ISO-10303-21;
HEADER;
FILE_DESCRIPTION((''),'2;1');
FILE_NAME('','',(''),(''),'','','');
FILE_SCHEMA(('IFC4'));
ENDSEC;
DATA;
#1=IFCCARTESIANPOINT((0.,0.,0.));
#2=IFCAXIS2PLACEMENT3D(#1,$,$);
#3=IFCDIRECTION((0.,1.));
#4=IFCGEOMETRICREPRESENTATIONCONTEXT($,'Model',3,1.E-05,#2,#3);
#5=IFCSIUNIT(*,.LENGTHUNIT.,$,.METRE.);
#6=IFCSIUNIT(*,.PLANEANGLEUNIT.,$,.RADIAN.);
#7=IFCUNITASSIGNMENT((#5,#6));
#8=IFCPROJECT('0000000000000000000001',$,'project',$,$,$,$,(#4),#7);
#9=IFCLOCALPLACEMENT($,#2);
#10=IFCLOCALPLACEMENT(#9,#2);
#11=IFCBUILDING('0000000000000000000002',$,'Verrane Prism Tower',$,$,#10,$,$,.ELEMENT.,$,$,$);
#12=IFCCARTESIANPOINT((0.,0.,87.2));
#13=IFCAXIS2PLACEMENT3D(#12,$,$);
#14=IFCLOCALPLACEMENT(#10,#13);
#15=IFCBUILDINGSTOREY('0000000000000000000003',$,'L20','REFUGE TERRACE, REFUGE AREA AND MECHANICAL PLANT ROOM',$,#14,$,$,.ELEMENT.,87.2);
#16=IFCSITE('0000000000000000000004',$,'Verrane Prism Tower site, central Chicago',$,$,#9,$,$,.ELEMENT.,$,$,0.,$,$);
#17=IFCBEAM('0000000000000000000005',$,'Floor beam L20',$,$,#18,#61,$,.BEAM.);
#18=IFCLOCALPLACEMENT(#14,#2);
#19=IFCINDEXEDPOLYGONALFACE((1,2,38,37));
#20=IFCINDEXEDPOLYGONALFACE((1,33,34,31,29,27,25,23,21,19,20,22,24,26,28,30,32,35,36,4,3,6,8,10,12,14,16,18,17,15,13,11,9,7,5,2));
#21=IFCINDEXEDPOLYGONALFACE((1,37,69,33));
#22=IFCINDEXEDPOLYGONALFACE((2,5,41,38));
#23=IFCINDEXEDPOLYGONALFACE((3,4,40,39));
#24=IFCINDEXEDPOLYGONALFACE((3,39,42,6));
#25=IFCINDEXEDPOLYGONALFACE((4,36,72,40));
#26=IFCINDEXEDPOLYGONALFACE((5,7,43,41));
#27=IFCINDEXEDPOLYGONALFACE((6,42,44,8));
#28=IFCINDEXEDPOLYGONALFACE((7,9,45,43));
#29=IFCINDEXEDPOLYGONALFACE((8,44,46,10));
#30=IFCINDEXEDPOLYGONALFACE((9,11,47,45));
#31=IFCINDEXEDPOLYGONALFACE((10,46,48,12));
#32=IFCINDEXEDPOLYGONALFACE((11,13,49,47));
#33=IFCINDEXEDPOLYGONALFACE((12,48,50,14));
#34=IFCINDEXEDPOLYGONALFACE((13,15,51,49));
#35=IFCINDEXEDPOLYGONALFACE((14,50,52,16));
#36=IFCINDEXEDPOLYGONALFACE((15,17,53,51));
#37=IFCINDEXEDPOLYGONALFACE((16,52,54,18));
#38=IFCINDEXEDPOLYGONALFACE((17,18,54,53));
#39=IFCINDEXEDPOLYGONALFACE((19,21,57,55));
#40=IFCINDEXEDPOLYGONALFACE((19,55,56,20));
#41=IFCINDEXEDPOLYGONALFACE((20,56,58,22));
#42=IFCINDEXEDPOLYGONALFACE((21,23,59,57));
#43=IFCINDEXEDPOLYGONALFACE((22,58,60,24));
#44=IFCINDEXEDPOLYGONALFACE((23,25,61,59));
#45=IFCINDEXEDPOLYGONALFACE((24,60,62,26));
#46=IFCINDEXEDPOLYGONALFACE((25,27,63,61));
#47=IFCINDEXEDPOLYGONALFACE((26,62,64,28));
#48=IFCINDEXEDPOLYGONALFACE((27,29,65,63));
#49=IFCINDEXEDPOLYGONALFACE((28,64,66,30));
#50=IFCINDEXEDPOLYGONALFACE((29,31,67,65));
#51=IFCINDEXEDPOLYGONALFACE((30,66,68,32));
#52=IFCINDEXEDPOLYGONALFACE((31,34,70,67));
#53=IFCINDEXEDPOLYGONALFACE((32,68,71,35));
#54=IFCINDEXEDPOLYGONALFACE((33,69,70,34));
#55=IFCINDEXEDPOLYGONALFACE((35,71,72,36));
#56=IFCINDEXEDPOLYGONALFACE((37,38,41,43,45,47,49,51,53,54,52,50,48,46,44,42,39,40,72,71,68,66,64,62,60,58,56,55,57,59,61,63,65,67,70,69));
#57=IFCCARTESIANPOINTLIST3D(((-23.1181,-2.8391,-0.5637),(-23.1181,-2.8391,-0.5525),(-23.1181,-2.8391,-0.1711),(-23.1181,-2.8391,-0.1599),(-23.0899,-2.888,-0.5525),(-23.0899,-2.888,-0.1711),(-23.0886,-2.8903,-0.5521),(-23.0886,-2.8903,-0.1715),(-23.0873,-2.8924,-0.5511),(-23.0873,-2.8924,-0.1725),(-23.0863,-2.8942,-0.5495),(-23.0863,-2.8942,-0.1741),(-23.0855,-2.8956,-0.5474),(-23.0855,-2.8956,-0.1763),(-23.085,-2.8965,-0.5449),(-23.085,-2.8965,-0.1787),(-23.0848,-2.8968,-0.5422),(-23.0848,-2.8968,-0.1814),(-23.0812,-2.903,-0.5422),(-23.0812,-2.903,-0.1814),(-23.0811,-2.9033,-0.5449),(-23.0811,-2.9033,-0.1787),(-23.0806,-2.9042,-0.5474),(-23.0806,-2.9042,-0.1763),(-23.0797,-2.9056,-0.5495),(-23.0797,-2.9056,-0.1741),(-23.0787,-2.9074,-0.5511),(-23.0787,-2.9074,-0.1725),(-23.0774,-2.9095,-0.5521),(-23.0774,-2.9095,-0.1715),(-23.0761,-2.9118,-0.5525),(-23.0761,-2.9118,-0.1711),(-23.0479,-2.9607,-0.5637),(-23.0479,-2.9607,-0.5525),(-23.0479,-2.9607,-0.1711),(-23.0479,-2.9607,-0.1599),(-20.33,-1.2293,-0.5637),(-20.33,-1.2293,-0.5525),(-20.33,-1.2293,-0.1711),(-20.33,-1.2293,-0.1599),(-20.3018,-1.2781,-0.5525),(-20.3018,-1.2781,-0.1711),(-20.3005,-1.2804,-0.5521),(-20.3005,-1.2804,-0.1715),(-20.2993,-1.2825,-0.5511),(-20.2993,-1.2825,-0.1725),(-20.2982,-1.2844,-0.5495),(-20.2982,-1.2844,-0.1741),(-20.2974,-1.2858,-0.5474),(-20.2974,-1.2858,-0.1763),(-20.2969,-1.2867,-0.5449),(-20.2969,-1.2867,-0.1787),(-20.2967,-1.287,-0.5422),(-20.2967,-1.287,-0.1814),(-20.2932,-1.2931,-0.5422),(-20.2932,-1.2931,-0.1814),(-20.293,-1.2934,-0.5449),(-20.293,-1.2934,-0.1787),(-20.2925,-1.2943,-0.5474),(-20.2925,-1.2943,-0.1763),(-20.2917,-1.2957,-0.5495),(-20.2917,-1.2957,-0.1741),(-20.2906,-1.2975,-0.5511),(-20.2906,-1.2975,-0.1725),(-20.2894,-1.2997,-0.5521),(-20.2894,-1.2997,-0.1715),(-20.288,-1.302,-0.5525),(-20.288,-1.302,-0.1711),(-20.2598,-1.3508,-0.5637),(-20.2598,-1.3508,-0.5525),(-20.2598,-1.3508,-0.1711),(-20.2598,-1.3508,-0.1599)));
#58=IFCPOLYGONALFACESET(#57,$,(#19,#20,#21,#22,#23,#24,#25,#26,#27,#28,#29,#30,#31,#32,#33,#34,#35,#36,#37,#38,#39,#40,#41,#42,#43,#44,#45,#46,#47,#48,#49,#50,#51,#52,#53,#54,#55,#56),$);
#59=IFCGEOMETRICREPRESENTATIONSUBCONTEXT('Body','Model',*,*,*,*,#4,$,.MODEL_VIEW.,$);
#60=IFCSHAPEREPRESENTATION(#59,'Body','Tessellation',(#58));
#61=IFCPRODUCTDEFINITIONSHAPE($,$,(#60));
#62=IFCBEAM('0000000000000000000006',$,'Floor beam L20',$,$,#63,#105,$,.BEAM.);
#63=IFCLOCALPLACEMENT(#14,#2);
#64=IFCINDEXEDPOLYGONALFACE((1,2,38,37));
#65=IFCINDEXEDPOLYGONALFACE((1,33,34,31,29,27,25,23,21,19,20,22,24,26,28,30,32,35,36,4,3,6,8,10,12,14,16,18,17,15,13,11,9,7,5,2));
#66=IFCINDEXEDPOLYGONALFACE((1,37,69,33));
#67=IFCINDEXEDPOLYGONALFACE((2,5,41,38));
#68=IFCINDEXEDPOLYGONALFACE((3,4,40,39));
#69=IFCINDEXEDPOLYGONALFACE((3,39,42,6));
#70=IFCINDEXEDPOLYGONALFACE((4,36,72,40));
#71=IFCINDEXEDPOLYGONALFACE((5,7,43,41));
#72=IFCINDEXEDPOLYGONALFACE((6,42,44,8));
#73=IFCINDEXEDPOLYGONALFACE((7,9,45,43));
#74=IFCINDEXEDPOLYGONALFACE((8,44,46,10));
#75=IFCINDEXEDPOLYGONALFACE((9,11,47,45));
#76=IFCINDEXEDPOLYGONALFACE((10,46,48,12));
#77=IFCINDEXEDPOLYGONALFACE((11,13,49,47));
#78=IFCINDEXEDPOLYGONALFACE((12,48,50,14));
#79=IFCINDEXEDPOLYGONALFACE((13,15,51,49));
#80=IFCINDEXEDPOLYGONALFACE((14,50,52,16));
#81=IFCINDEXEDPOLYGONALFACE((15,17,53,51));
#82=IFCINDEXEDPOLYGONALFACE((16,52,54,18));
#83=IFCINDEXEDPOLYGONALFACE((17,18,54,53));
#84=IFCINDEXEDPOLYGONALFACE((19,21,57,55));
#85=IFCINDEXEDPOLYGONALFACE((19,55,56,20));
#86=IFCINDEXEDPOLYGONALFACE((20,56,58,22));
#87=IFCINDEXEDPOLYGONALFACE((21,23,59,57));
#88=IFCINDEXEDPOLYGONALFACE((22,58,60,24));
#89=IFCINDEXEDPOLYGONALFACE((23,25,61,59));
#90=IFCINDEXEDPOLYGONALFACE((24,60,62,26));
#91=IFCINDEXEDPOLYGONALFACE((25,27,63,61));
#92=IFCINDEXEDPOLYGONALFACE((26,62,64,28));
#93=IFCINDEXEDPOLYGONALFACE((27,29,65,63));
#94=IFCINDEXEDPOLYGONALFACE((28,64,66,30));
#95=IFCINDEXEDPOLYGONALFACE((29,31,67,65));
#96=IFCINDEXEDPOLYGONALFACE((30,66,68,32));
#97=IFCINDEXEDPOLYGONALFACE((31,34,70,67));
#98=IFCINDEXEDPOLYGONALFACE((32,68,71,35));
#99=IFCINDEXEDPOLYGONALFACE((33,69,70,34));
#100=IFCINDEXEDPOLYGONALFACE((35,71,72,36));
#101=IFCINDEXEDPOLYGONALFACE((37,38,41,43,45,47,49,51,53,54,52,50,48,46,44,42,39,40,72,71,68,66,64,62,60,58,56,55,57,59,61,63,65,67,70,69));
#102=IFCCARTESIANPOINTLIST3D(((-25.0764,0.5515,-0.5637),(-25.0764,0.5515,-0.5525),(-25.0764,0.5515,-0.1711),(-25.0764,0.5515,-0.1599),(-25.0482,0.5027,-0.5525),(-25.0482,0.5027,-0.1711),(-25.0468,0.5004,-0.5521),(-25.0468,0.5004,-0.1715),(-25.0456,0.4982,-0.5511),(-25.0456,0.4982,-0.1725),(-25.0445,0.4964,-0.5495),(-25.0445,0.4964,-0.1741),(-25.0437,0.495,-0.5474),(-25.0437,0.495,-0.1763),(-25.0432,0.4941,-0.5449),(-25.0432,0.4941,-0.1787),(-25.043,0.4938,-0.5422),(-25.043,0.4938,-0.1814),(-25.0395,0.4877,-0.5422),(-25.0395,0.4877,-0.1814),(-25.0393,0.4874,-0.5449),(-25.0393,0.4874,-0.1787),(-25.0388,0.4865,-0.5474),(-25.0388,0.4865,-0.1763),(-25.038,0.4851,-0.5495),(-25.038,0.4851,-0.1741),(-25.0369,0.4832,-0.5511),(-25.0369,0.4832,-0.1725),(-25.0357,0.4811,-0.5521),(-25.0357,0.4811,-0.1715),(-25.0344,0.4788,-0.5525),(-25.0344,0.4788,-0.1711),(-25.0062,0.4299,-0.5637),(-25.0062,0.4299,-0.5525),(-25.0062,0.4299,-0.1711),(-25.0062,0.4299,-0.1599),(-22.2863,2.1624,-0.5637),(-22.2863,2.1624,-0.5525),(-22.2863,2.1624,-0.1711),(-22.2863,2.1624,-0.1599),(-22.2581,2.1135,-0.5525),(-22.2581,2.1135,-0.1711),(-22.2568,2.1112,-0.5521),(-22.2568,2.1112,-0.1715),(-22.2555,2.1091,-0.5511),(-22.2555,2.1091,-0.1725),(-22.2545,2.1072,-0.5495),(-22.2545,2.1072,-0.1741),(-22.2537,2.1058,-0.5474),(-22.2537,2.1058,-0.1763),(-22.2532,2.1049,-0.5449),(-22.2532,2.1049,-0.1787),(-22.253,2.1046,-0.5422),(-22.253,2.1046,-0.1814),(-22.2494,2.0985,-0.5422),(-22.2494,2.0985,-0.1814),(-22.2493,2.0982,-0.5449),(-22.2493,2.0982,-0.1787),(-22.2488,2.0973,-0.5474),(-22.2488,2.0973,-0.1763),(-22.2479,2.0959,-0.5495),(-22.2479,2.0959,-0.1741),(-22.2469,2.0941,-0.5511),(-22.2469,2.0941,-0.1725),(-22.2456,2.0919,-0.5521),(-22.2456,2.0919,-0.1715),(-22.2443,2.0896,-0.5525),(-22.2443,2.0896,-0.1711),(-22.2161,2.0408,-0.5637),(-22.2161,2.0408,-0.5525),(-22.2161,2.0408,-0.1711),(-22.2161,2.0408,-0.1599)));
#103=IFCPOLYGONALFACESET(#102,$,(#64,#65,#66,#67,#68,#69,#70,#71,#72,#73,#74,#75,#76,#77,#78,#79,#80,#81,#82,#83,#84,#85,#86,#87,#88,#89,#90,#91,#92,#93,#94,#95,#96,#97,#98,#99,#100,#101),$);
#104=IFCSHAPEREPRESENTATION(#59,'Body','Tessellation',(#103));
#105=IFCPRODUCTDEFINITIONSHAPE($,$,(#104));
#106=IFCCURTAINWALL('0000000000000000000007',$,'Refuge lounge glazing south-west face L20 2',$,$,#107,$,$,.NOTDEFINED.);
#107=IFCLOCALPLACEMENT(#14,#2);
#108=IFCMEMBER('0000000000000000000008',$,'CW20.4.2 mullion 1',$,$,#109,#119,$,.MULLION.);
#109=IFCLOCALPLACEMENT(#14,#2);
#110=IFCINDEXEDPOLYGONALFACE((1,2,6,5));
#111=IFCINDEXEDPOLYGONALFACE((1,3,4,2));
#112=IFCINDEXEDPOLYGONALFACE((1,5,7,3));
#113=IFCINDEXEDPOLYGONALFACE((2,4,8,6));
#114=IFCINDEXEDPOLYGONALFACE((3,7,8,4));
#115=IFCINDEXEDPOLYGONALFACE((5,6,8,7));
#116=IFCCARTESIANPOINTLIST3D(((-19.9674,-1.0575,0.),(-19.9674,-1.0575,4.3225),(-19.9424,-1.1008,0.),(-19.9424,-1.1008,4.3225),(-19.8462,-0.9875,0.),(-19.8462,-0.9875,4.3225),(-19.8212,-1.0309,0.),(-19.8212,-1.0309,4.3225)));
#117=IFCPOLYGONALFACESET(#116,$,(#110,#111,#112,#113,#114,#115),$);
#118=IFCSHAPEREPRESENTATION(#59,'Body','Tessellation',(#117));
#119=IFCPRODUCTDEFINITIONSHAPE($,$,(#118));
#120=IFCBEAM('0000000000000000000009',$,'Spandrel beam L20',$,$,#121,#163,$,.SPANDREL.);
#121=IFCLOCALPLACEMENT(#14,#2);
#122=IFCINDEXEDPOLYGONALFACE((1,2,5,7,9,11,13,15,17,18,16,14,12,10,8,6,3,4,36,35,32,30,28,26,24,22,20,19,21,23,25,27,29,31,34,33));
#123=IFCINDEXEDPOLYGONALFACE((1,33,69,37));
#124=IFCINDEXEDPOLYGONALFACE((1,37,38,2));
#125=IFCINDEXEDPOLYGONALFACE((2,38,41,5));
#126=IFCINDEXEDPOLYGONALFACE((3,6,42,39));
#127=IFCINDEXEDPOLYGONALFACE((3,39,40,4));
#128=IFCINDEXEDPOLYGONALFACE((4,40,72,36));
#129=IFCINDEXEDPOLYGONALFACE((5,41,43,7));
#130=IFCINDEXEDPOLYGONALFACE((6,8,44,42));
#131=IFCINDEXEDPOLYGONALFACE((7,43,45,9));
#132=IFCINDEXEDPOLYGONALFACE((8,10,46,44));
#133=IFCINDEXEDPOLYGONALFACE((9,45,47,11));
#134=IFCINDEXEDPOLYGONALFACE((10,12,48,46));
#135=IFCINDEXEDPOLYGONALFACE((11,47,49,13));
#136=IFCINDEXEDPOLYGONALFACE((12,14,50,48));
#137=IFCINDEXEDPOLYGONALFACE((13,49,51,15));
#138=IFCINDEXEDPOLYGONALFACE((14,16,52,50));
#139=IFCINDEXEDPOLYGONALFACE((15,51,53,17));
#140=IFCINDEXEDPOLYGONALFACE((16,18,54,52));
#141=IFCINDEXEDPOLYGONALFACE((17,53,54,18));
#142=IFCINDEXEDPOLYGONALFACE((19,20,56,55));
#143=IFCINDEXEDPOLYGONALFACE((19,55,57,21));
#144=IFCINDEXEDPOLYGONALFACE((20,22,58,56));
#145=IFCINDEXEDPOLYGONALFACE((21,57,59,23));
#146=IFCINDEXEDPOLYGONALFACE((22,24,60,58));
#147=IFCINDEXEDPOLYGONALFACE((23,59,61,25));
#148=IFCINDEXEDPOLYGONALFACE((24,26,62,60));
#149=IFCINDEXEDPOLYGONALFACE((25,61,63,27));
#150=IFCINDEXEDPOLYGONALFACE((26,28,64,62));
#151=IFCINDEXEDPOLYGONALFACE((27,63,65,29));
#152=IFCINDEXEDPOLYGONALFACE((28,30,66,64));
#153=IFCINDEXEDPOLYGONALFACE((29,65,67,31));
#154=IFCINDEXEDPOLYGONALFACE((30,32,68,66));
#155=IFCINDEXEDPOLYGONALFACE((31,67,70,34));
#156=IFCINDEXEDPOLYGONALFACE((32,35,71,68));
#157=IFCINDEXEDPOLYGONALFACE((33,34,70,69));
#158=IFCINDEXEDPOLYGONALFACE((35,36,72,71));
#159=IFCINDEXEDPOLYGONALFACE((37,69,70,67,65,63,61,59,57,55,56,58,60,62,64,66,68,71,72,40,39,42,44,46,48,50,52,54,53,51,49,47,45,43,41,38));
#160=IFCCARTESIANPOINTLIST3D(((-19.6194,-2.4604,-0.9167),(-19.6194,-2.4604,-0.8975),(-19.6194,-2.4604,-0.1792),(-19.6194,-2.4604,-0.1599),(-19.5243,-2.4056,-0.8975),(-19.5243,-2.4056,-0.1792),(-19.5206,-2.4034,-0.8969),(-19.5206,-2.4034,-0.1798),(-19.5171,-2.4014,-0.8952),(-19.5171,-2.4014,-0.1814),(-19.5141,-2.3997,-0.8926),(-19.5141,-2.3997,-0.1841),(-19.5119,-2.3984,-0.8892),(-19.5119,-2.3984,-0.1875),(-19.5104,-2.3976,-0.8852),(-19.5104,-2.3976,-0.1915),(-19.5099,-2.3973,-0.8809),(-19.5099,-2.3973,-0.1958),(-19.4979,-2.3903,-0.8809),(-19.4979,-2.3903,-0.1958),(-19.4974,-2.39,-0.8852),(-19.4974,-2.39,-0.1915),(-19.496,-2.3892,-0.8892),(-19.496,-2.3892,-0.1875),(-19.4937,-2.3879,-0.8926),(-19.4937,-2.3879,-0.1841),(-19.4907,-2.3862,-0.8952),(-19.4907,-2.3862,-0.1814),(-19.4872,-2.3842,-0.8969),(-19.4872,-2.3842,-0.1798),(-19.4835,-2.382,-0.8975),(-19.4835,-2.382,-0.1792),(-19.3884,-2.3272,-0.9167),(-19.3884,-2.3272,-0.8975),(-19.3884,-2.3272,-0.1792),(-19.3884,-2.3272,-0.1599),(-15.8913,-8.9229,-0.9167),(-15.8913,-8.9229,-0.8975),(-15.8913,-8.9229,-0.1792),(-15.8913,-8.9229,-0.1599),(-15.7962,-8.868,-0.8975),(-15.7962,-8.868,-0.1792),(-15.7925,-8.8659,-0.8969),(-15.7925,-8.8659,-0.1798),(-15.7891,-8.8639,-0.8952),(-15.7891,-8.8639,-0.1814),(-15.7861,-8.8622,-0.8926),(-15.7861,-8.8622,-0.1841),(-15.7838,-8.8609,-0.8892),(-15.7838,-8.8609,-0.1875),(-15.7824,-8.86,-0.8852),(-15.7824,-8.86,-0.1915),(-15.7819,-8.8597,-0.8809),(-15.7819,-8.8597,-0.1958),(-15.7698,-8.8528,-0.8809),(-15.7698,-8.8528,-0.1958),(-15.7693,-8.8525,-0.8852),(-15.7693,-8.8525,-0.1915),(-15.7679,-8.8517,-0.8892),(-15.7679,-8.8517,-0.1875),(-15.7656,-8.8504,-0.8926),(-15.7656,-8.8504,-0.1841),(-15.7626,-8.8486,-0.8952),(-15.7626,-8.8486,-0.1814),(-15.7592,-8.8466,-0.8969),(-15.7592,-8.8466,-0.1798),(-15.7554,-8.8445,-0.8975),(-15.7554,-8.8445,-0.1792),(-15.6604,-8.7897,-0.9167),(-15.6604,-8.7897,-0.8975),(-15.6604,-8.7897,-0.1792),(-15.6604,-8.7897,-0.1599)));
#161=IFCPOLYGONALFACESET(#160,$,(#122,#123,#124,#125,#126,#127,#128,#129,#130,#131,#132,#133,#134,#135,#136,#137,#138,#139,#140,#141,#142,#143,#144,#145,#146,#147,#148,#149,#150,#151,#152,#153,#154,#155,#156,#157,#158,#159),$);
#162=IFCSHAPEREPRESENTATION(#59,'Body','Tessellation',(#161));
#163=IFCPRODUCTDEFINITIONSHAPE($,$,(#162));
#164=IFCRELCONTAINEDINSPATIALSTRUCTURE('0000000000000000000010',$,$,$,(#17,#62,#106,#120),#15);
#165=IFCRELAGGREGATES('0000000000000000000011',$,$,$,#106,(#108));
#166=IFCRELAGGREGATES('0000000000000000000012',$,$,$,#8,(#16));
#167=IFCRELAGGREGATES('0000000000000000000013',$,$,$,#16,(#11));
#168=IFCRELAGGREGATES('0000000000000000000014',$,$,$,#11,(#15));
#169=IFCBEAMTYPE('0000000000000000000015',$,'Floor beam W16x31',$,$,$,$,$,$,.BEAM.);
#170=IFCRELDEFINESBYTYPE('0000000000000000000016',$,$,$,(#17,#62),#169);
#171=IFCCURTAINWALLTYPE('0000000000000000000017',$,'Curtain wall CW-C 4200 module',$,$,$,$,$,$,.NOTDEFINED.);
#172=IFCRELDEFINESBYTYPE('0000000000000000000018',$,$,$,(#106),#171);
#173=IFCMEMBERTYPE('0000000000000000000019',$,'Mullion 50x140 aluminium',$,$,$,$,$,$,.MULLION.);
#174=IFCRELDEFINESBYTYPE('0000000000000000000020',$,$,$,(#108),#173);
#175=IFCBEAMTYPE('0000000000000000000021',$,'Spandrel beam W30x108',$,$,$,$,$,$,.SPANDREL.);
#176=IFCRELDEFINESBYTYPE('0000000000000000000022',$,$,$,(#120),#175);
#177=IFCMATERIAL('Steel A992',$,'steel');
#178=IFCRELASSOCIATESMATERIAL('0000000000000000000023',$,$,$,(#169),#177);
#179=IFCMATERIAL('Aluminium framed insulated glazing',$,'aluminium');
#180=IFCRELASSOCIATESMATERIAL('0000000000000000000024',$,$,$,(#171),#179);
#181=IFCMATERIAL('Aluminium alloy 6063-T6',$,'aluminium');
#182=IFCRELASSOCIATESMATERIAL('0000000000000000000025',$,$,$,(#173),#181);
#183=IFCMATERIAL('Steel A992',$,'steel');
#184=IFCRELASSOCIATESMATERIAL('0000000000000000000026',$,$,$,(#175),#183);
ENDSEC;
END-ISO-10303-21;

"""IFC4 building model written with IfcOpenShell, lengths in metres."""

from ifc_helpers import new_model, si_unit, direction, frame, origin, origin_2d, place, context, subcontext, project, spatial, rectangle, i_section, extrude, material, material_profile, profile_set, type_object, element, aggregate, save


model = new_model("IFC4")

# Units and contexts
model_context = context("Model", 3, precision=1e-05, world=origin(), true_north=direction((0.0, 1.0)))
body_context = subcontext(model_context, "Body", "Model", "MODEL_VIEW")
ifc_project = project(units=[si_unit("LENGTHUNIT", "METRE"), si_unit("PLANEANGLEUNIT", "RADIAN")], contexts=[model_context])

# Site, building, storey
site_placement = place(None, origin())
site = spatial("IfcSite", under=ifc_project, at=site_placement, Name="Verrane Prism Tower site, central Chicago", CompositionType="ELEMENT", RefElevation=0.0)
building_placement = place(site_placement, origin())
building = spatial("IfcBuilding", under=site, at=building_placement, Name="Verrane Prism Tower", CompositionType="ELEMENT")
storey_placement = place(building_placement, frame((0.0, 0.0, 87.2)))
storey = spatial("IfcBuildingStorey", under=building, at=storey_placement, Name="L20", Description="REFUGE TERRACE, REFUGE AREA AND MECHANICAL PLANT ROOM", CompositionType="ELEMENT", Elevation=87.2)

# Beams
ifc_material_1 = material(Name="Steel A992", Category="steel")
ifc_material_profile_1 = material_profile(ifc_material_1, i_section(OverallWidth=0.1404, OverallDepth=0.4038, WebThickness=0.0071, FlangeThickness=0.0112, FilletRadius=0.0103, at=origin_2d()), Name="W16x31")
ifc_profile_set_1 = profile_set([ifc_material_profile_1], Name="Steel A992")
beam_type_1 = type_object("IfcBeamType", Name="Floor beam W16x31", PredefinedType="BEAM", material=ifc_profile_set_1)
beam_1_placement = place(storey_placement, frame((-23.083, -2.8999, -0.3618), z_axis=(0.866004, 0.500038, 0.0), x_axis=(-0.500038, 0.866004, 0.0)))
element("IfcBeam", 1, at=beam_1_placement, inside=storey, type_object=beam_type_1, Name="Floor beam L20", PredefinedType="BEAM", context=body_context, shape_type="SweptSolid", body=[
    extrude(i_section(OverallWidth=0.1404, OverallDepth=0.4038, WebThickness=0.0071, FlangeThickness=0.0112, FilletRadius=0.0103, at=origin_2d()), origin(), (0.0, 0.0, 1.0), 3.2195),
])
beam_2_placement = place(storey_placement, frame((-25.0413, 0.4907, -0.3618), z_axis=(0.866024, 0.500002, 0.0), x_axis=(-0.500002, 0.866024, 0.0)))
element("IfcBeam", 2, at=beam_2_placement, inside=storey, type_object=beam_type_1, Name="Floor beam L20", PredefinedType="BEAM", context=body_context, shape_type="SweptSolid", body=[
    extrude(i_section(OverallWidth=0.1404, OverallDepth=0.4038, WebThickness=0.0071, FlangeThickness=0.0112, FilletRadius=0.0103, at=origin_2d()), origin(), (0.0, 0.0, 1.0), 3.2217),
])

# Curtain wall, member
ifc_material_2 = material(Name="Aluminium framed insulated glazing", Category="aluminium")
curtain_wall_type = type_object("IfcCurtainWallType", Name="Curtain wall CW-C 4200 module", PredefinedType="NOTDEFINED", material=ifc_material_2)
curtain_wall_placement = place(storey_placement, origin())
curtain_wall = element("IfcCurtainWall", 3, at=curtain_wall_placement, inside=storey, type_object=curtain_wall_type, Name="Refuge lounge glazing south-west face L20 2", PredefinedType="NOTDEFINED")
ifc_material_3 = material(Name="Aluminium alloy 6063-T6", Category="aluminium")
ifc_material_profile_2 = material_profile(ifc_material_3, rectangle(XDim=0.1399, YDim=0.05, at=origin_2d()), Name="Mullion 50x140 aluminium")
ifc_profile_set_2 = profile_set([ifc_material_profile_2], Name="Aluminium alloy 6063-T6")
member_type_1 = type_object("IfcMemberType", Name="Mullion 50x140 aluminium", PredefinedType="MULLION", material=ifc_profile_set_2)
member_1_placement = place(storey_placement, frame((-19.8943, -1.0442, 0.0), z_axis=(0.0, 0.0, 1.0), x_axis=(0.866026, 0.499998, 0.0)))
member_1 = element("IfcMember", 4, at=member_1_placement, type_object=member_type_1, Name="CW20.4.2 mullion 1", PredefinedType="MULLION", context=body_context, shape_type="SweptSolid", body=[
    extrude(rectangle(XDim=0.1399, YDim=0.05, at=origin_2d()), origin(), (0.0, 0.0, 1.0), 4.3225),
])

# Beam
ifc_material_4 = material(Name="Steel A992", Category="steel")
ifc_material_profile_3 = material_profile(ifc_material_4, i_section(OverallWidth=0.2666, OverallDepth=0.7568, WebThickness=0.0139, FlangeThickness=0.0193, FilletRadius=0.0166, at=origin_2d()), Name="W30x108")
ifc_profile_set_3 = profile_set([ifc_material_profile_3], Name="Steel A992")
beam_type_2 = type_object("IfcBeamType", Name="Spandrel beam W30x108", PredefinedType="SPANDREL", material=ifc_profile_set_3)
beam_3_placement = place(storey_placement, frame((-19.5039, -2.3938, -0.5383), z_axis=(0.499694, -0.866202, 0.0), x_axis=(0.866202, 0.499694, 0.0)))
element("IfcBeam", 5, at=beam_3_placement, inside=storey, type_object=beam_type_2, Name="Spandrel beam L20", PredefinedType="SPANDREL", context=body_context, shape_type="SweptSolid", body=[
    extrude(i_section(OverallWidth=0.2666, OverallDepth=0.7568, WebThickness=0.0139, FlangeThickness=0.0193, FilletRadius=0.0166, at=origin_2d()), origin(), (0.0, 0.0, 1.0), 7.4607),
])

aggregate(curtain_wall, [member_1])

save(model, "model.ifc")
